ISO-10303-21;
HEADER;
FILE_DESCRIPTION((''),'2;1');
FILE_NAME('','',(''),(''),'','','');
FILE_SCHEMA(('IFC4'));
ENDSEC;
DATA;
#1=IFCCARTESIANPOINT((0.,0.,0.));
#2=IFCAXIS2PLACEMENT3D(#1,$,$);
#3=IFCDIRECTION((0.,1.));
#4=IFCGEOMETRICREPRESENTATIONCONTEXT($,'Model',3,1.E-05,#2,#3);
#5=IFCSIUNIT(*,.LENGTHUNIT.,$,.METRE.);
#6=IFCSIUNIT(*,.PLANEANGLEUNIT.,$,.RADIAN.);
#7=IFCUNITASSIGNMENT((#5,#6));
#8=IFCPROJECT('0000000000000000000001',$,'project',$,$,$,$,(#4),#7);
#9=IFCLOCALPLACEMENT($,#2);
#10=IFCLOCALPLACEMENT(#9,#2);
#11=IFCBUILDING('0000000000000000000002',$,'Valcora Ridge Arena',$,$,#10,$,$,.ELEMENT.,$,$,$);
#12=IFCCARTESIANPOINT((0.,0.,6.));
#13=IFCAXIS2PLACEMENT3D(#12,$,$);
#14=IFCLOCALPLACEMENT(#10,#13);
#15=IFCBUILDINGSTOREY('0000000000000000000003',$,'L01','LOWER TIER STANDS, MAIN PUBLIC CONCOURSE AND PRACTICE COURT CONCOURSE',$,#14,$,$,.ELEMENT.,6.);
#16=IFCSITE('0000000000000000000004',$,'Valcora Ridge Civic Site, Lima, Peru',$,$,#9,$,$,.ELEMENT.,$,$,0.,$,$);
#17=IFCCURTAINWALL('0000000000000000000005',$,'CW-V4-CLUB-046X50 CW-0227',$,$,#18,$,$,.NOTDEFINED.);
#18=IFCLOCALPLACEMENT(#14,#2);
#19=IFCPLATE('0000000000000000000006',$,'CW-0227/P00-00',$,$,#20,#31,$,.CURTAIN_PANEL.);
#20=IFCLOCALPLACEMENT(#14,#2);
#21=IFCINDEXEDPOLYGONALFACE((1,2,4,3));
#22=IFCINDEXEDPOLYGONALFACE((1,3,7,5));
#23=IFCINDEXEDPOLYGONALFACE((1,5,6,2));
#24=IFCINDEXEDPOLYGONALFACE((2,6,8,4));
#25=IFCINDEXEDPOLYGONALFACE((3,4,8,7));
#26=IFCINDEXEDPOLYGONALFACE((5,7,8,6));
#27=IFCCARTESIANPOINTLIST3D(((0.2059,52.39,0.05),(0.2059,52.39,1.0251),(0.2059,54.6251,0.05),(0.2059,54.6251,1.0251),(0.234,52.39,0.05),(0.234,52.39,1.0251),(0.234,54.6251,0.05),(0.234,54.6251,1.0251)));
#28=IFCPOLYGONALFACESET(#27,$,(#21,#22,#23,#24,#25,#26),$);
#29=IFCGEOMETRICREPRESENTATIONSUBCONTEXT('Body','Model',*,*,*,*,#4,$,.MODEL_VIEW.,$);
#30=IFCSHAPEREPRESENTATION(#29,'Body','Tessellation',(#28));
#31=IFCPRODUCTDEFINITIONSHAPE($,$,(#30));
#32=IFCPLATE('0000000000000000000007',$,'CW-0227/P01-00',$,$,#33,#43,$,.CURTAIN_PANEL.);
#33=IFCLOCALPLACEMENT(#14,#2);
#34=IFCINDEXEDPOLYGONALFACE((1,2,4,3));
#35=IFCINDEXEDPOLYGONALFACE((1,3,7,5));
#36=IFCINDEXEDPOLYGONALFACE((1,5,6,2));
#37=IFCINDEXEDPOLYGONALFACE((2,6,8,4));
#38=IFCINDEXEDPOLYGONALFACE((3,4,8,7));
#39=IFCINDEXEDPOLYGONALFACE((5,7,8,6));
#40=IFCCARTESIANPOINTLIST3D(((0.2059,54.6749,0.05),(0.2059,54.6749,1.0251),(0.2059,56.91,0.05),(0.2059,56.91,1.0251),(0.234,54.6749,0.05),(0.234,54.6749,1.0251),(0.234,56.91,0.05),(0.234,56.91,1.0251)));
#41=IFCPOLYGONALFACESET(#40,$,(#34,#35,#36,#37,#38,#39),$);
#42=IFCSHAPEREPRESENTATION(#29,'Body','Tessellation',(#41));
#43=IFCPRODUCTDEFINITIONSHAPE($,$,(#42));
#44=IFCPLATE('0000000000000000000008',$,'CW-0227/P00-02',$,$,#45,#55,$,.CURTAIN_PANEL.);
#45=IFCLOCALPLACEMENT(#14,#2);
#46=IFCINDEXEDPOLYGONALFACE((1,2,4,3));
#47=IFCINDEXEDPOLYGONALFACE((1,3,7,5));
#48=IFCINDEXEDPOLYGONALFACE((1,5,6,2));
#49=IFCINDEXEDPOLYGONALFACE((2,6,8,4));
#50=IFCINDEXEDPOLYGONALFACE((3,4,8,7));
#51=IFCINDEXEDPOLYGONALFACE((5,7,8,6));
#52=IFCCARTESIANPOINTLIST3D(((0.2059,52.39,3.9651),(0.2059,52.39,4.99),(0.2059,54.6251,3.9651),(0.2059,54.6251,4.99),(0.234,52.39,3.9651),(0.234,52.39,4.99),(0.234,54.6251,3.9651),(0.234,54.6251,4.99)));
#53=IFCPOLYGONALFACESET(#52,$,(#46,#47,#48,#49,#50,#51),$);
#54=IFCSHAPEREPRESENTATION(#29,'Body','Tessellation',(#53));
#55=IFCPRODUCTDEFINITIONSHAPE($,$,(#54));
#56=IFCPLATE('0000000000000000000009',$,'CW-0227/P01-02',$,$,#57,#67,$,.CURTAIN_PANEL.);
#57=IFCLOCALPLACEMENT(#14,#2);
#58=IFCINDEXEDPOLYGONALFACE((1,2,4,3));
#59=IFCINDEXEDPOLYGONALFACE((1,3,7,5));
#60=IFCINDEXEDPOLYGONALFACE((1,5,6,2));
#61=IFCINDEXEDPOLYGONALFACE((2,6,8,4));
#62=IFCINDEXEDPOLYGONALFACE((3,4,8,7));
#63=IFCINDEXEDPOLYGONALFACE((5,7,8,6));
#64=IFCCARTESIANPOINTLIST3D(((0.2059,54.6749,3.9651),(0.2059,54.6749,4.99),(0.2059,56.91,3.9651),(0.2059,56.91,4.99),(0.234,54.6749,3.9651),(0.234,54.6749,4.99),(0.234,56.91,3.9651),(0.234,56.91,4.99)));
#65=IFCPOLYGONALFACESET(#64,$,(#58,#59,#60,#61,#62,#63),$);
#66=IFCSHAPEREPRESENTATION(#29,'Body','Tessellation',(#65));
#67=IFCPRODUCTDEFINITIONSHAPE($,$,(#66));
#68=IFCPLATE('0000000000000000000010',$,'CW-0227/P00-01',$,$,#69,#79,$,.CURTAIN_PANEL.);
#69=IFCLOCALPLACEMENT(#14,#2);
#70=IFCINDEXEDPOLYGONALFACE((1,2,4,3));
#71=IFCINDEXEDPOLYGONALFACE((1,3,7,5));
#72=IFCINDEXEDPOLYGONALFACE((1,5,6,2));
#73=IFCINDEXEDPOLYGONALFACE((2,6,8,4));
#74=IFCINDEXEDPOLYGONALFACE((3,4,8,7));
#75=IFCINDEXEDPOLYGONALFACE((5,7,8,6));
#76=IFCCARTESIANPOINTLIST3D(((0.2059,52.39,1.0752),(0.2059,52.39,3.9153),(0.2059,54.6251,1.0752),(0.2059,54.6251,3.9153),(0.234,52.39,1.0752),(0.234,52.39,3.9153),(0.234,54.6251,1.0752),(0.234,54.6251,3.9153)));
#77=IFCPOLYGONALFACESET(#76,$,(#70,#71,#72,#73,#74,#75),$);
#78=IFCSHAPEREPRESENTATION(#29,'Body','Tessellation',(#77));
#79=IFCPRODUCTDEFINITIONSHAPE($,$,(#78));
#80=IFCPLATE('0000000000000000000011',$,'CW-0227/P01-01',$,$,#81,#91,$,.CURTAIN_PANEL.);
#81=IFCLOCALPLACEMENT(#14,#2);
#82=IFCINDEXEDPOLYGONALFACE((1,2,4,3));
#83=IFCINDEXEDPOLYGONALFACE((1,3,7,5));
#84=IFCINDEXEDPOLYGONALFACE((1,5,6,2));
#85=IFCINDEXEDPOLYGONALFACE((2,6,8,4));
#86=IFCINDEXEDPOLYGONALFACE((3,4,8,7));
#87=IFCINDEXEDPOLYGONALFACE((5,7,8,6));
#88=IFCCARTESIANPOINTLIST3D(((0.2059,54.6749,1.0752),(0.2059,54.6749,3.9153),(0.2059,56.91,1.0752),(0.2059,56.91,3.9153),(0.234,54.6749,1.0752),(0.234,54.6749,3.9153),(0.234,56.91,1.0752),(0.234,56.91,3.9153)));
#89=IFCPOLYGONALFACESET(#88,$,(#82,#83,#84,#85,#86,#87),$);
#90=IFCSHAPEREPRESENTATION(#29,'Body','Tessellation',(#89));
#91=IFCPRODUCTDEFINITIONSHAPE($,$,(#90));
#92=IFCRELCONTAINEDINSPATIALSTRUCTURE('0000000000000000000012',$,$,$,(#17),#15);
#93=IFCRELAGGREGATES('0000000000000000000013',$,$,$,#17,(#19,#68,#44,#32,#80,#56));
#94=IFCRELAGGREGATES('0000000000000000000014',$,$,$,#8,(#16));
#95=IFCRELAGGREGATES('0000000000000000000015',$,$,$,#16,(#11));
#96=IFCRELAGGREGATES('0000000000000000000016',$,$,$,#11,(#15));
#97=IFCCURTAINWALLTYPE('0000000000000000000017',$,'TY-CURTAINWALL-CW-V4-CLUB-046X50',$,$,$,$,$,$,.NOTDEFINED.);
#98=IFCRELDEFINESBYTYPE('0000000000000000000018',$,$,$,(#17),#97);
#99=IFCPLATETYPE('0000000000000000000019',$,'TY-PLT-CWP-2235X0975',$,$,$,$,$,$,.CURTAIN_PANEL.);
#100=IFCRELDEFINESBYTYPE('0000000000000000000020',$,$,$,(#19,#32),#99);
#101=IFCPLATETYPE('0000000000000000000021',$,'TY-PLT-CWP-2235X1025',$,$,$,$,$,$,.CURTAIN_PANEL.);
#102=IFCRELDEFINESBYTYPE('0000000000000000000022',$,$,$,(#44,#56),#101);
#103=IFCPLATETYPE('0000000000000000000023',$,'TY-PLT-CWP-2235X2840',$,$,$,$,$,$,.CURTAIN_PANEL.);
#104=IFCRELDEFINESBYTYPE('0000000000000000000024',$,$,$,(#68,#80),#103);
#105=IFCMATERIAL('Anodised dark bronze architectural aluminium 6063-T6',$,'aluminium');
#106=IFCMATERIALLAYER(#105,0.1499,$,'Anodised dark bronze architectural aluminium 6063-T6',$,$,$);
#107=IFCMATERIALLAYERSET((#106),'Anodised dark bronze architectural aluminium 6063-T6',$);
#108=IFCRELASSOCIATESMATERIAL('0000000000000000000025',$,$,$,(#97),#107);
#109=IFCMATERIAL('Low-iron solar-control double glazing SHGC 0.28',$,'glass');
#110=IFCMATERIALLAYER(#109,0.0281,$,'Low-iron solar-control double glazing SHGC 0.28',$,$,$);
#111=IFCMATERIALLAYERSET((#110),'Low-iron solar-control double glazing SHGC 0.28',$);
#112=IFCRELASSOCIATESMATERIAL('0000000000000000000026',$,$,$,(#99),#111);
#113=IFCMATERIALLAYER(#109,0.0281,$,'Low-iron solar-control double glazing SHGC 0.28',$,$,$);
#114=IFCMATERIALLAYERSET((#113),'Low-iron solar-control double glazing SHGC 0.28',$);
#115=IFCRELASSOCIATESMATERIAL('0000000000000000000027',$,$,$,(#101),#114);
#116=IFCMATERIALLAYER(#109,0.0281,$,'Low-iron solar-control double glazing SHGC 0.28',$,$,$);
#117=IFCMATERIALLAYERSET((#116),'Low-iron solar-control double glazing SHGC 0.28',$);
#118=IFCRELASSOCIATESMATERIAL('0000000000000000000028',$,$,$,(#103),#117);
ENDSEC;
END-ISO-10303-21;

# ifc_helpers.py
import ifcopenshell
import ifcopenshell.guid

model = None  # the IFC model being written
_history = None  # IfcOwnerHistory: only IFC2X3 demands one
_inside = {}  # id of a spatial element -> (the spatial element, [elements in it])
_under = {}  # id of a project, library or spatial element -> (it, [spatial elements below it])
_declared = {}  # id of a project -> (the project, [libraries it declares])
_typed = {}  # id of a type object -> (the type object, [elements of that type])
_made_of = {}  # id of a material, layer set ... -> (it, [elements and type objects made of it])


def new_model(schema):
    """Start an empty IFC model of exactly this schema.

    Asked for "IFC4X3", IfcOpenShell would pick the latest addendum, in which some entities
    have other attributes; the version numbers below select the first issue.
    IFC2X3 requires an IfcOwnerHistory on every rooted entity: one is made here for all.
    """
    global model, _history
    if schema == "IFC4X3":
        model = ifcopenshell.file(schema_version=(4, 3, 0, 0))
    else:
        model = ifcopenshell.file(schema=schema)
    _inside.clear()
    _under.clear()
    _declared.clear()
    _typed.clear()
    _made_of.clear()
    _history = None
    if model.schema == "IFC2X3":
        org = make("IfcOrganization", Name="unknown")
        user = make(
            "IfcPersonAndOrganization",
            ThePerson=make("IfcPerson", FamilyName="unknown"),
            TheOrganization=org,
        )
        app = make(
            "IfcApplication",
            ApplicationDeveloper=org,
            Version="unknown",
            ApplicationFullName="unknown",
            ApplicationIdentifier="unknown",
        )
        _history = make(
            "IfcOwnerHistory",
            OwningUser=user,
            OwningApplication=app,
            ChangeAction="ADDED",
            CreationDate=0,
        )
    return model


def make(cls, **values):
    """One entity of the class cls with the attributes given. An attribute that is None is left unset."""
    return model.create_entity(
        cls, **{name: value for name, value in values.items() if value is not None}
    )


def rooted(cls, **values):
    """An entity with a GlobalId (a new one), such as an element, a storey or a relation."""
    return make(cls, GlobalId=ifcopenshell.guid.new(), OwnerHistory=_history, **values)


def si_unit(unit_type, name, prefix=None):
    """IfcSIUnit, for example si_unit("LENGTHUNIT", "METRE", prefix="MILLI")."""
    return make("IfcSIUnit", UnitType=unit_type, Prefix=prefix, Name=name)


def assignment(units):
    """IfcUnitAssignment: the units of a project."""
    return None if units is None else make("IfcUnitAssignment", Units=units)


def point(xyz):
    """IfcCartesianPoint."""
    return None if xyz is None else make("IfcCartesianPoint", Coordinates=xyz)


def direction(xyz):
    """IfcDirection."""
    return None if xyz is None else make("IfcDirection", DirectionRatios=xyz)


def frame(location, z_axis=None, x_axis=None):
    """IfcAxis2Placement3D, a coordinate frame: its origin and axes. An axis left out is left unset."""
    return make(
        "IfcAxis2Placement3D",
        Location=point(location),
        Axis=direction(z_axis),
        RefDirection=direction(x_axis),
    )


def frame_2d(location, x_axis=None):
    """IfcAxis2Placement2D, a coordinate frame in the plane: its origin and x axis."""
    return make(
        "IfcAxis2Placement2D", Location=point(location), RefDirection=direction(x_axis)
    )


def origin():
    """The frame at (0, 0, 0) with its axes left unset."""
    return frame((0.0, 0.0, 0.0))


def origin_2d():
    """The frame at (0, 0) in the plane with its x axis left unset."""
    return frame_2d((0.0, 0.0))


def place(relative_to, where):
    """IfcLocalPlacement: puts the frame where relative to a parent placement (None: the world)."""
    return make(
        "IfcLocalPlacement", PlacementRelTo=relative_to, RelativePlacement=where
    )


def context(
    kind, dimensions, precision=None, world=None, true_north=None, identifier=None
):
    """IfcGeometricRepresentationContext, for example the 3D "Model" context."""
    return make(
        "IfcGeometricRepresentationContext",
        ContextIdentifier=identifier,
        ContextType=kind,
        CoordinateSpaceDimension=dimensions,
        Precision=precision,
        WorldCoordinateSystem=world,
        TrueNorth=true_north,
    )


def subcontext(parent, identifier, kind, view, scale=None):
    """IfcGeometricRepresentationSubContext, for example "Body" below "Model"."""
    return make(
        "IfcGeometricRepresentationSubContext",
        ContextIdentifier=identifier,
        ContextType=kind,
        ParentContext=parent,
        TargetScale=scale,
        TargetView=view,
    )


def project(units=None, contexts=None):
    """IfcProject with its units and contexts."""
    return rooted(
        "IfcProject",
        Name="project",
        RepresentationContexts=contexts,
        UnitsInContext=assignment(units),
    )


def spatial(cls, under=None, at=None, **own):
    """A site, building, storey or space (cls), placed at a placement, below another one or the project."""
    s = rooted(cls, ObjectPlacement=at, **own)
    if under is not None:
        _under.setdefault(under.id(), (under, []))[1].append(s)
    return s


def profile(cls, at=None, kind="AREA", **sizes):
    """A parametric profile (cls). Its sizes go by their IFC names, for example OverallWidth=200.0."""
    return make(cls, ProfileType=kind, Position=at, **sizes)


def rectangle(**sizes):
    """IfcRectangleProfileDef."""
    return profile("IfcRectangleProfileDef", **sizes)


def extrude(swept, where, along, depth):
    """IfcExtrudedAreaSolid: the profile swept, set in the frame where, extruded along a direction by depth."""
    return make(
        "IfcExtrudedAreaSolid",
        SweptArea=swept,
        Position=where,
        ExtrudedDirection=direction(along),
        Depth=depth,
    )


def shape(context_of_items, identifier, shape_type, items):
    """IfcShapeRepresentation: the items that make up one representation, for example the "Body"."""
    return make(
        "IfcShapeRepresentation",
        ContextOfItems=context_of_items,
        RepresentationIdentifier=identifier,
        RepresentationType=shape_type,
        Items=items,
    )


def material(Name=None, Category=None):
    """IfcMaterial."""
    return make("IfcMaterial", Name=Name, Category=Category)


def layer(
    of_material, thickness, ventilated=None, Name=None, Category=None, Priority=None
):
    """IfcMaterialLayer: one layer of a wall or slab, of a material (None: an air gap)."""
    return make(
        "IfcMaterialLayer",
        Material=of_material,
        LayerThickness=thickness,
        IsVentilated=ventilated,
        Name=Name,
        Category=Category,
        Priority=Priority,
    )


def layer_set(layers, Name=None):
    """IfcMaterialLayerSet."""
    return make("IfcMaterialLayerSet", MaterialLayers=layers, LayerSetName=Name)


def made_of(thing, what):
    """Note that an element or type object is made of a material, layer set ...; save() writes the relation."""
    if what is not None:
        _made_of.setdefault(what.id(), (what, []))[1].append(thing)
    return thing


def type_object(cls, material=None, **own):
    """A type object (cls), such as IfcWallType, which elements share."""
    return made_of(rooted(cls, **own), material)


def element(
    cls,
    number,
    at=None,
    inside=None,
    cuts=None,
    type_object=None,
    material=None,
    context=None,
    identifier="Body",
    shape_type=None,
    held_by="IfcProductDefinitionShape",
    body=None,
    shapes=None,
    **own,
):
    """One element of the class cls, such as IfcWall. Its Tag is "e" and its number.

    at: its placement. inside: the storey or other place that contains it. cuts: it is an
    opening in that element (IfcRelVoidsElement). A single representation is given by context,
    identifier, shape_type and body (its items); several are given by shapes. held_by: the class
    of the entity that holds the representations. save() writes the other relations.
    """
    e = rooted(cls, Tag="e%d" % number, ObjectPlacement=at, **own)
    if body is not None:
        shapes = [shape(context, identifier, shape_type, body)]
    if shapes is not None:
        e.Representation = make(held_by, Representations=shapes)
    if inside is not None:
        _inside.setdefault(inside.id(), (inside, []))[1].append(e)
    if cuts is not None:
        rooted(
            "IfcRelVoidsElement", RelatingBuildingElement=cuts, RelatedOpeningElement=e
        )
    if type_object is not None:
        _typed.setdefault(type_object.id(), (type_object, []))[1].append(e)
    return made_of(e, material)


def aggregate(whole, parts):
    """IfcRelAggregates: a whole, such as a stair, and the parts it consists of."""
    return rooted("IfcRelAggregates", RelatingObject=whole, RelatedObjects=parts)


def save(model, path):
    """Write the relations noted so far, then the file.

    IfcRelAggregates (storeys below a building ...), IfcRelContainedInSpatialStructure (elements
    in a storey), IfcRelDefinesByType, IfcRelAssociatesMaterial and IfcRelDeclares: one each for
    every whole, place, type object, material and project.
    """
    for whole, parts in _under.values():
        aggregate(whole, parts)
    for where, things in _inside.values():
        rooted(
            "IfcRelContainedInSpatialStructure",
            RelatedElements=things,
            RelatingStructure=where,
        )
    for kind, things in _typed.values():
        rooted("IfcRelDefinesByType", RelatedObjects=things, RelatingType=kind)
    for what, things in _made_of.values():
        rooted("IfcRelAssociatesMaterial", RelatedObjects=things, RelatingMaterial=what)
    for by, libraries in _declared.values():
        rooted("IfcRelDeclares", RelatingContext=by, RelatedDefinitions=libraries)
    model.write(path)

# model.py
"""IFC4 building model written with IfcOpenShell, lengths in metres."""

from ifc_helpers import new_model, si_unit, direction, frame, origin, origin_2d, place, context, subcontext, project, spatial, rectangle, extrude, material, layer, layer_set, type_object, element, aggregate, save


model = new_model("IFC4")

# Units and contexts
model_context = context("Model", 3, precision=1e-05, world=origin(), true_north=direction((0.0, 1.0)))
body_context = subcontext(model_context, "Body", "Model", "MODEL_VIEW")
ifc_project = project(units=[si_unit("LENGTHUNIT", "METRE"), si_unit("PLANEANGLEUNIT", "RADIAN")], contexts=[model_context])

# Site, building, storey
site_placement = place(None, origin())
site = spatial("IfcSite", under=ifc_project, at=site_placement, Name="Valcora Ridge Civic Site, Lima, Peru", CompositionType="ELEMENT", RefElevation=0.0)
building_placement = place(site_placement, origin())
building = spatial("IfcBuilding", under=site, at=building_placement, Name="Valcora Ridge Arena", CompositionType="ELEMENT")
storey_placement = place(building_placement, frame((0.0, 0.0, 6.0)))
storey = spatial("IfcBuildingStorey", under=building, at=storey_placement, Name="L01", Description="LOWER TIER STANDS, MAIN PUBLIC CONCOURSE AND PRACTICE COURT CONCOURSE", CompositionType="ELEMENT", Elevation=6.0)

# Curtain wall
ifc_material_1 = material(Name="Anodised dark bronze architectural aluminium 6063-T6", Category="aluminium")
ifc_layer_1 = layer(ifc_material_1, 0.1499, Name="Anodised dark bronze architectural aluminium 6063-T6")
ifc_layer_set_1 = layer_set([ifc_layer_1], Name="Anodised dark bronze architectural aluminium 6063-T6")
curtain_wall_type_1 = type_object("IfcCurtainWallType", Name="TY-CURTAINWALL-CW-V4-CLUB-046X50", PredefinedType="NOTDEFINED", material=ifc_layer_set_1)
curtain_wall_1_placement = place(storey_placement, origin())
curtain_wall_1 = element("IfcCurtainWall", 1, at=curtain_wall_1_placement, inside=storey, type_object=curtain_wall_type_1, Name="CW-V4-CLUB-046X50 CW-0227", PredefinedType="NOTDEFINED")

# Plates
ifc_material_2 = material(Name="Low-iron solar-control double glazing SHGC 0.28", Category="glass")
ifc_layer_2 = layer(ifc_material_2, 0.0281, Name="Low-iron solar-control double glazing SHGC 0.28")
ifc_layer_set_2 = layer_set([ifc_layer_2], Name="Low-iron solar-control double glazing SHGC 0.28")
plate_type_1 = type_object("IfcPlateType", Name="TY-PLT-CWP-2235X0975", PredefinedType="CURTAIN_PANEL", material=ifc_layer_set_2)
plate_1_placement = place(storey_placement, frame((0.22, 53.5076, 0.05), z_axis=(0.0, 0.0, 1.0), x_axis=(0.0, 1.0, 0.0)))
plate_1 = element("IfcPlate", 2, at=plate_1_placement, type_object=plate_type_1, Name="CW-0227/P00-00", PredefinedType="CURTAIN_PANEL", context=body_context, shape_type="SweptSolid", body=[
    extrude(rectangle(XDim=2.2351, YDim=0.0281, at=origin_2d()), origin(), (0.0, 0.0, 1.0), 0.9751),
])
plate_2_placement = place(storey_placement, frame((0.22, 55.7925, 0.05), z_axis=(0.0, 0.0, 1.0), x_axis=(0.0, 1.0, 0.0)))
plate_2 = element("IfcPlate", 3, at=plate_2_placement, type_object=plate_type_1, Name="CW-0227/P01-00", PredefinedType="CURTAIN_PANEL", context=body_context, shape_type="SweptSolid", body=[
    extrude(rectangle(XDim=2.2351, YDim=0.0281, at=origin_2d()), origin(), (0.0, 0.0, 1.0), 0.9751),
])
ifc_layer_3 = layer(ifc_material_2, 0.0281, Name="Low-iron solar-control double glazing SHGC 0.28")
ifc_layer_set_3 = layer_set([ifc_layer_3], Name="Low-iron solar-control double glazing SHGC 0.28")
plate_type_2 = type_object("IfcPlateType", Name="TY-PLT-CWP-2235X1025", PredefinedType="CURTAIN_PANEL", material=ifc_layer_set_3)
plate_3_placement = place(storey_placement, frame((0.22, 53.5076, 3.9651), z_axis=(0.0, 0.0, 1.0), x_axis=(0.0, 1.0, 0.0)))
plate_3 = element("IfcPlate", 4, at=plate_3_placement, type_object=plate_type_2, Name="CW-0227/P00-02", PredefinedType="CURTAIN_PANEL", context=body_context, shape_type="SweptSolid", body=[
    extrude(rectangle(XDim=2.2351, YDim=0.0281, at=origin_2d()), origin(), (0.0, 0.0, 1.0), 1.0249),
])
plate_4_placement = place(storey_placement, frame((0.22, 55.7925, 3.9651), z_axis=(0.0, 0.0, 1.0), x_axis=(0.0, 1.0, 0.0)))
plate_4 = element("IfcPlate", 5, at=plate_4_placement, type_object=plate_type_2, Name="CW-0227/P01-02", PredefinedType="CURTAIN_PANEL", context=body_context, shape_type="SweptSolid", body=[
    extrude(rectangle(XDim=2.2351, YDim=0.0281, at=origin_2d()), origin(), (0.0, 0.0, 1.0), 1.0249),
])
ifc_layer_4 = layer(ifc_material_2, 0.0281, Name="Low-iron solar-control double glazing SHGC 0.28")
ifc_layer_set_4 = layer_set([ifc_layer_4], Name="Low-iron solar-control double glazing SHGC 0.28")
plate_type_3 = type_object("IfcPlateType", Name="TY-PLT-CWP-2235X2840", PredefinedType="CURTAIN_PANEL", material=ifc_layer_set_4)
plate_5_placement = place(storey_placement, frame((0.22, 53.5076, 1.0752), z_axis=(0.0, 0.0, 1.0), x_axis=(0.0, 1.0, 0.0)))
plate_5 = element("IfcPlate", 6, at=plate_5_placement, type_object=plate_type_3, Name="CW-0227/P00-01", PredefinedType="CURTAIN_PANEL", context=body_context, shape_type="SweptSolid", body=[
    extrude(rectangle(XDim=2.2351, YDim=0.0281, at=origin_2d()), origin(), (0.0, 0.0, 1.0), 2.8401),
])
plate_6_placement = place(storey_placement, frame((0.22, 55.7925, 1.0752), z_axis=(0.0, 0.0, 1.0), x_axis=(0.0, 1.0, 0.0)))
plate_6 = element("IfcPlate", 7, at=plate_6_placement, type_object=plate_type_3, Name="CW-0227/P01-01", PredefinedType="CURTAIN_PANEL", context=body_context, shape_type="SweptSolid", body=[
    extrude(rectangle(XDim=2.2351, YDim=0.0281, at=origin_2d()), origin(), (0.0, 0.0, 1.0), 2.8401),
])
aggregate(curtain_wall_1, [plate_1, plate_5, plate_3, plate_2, plate_6, plate_4])

save(model, "model.ifc")
